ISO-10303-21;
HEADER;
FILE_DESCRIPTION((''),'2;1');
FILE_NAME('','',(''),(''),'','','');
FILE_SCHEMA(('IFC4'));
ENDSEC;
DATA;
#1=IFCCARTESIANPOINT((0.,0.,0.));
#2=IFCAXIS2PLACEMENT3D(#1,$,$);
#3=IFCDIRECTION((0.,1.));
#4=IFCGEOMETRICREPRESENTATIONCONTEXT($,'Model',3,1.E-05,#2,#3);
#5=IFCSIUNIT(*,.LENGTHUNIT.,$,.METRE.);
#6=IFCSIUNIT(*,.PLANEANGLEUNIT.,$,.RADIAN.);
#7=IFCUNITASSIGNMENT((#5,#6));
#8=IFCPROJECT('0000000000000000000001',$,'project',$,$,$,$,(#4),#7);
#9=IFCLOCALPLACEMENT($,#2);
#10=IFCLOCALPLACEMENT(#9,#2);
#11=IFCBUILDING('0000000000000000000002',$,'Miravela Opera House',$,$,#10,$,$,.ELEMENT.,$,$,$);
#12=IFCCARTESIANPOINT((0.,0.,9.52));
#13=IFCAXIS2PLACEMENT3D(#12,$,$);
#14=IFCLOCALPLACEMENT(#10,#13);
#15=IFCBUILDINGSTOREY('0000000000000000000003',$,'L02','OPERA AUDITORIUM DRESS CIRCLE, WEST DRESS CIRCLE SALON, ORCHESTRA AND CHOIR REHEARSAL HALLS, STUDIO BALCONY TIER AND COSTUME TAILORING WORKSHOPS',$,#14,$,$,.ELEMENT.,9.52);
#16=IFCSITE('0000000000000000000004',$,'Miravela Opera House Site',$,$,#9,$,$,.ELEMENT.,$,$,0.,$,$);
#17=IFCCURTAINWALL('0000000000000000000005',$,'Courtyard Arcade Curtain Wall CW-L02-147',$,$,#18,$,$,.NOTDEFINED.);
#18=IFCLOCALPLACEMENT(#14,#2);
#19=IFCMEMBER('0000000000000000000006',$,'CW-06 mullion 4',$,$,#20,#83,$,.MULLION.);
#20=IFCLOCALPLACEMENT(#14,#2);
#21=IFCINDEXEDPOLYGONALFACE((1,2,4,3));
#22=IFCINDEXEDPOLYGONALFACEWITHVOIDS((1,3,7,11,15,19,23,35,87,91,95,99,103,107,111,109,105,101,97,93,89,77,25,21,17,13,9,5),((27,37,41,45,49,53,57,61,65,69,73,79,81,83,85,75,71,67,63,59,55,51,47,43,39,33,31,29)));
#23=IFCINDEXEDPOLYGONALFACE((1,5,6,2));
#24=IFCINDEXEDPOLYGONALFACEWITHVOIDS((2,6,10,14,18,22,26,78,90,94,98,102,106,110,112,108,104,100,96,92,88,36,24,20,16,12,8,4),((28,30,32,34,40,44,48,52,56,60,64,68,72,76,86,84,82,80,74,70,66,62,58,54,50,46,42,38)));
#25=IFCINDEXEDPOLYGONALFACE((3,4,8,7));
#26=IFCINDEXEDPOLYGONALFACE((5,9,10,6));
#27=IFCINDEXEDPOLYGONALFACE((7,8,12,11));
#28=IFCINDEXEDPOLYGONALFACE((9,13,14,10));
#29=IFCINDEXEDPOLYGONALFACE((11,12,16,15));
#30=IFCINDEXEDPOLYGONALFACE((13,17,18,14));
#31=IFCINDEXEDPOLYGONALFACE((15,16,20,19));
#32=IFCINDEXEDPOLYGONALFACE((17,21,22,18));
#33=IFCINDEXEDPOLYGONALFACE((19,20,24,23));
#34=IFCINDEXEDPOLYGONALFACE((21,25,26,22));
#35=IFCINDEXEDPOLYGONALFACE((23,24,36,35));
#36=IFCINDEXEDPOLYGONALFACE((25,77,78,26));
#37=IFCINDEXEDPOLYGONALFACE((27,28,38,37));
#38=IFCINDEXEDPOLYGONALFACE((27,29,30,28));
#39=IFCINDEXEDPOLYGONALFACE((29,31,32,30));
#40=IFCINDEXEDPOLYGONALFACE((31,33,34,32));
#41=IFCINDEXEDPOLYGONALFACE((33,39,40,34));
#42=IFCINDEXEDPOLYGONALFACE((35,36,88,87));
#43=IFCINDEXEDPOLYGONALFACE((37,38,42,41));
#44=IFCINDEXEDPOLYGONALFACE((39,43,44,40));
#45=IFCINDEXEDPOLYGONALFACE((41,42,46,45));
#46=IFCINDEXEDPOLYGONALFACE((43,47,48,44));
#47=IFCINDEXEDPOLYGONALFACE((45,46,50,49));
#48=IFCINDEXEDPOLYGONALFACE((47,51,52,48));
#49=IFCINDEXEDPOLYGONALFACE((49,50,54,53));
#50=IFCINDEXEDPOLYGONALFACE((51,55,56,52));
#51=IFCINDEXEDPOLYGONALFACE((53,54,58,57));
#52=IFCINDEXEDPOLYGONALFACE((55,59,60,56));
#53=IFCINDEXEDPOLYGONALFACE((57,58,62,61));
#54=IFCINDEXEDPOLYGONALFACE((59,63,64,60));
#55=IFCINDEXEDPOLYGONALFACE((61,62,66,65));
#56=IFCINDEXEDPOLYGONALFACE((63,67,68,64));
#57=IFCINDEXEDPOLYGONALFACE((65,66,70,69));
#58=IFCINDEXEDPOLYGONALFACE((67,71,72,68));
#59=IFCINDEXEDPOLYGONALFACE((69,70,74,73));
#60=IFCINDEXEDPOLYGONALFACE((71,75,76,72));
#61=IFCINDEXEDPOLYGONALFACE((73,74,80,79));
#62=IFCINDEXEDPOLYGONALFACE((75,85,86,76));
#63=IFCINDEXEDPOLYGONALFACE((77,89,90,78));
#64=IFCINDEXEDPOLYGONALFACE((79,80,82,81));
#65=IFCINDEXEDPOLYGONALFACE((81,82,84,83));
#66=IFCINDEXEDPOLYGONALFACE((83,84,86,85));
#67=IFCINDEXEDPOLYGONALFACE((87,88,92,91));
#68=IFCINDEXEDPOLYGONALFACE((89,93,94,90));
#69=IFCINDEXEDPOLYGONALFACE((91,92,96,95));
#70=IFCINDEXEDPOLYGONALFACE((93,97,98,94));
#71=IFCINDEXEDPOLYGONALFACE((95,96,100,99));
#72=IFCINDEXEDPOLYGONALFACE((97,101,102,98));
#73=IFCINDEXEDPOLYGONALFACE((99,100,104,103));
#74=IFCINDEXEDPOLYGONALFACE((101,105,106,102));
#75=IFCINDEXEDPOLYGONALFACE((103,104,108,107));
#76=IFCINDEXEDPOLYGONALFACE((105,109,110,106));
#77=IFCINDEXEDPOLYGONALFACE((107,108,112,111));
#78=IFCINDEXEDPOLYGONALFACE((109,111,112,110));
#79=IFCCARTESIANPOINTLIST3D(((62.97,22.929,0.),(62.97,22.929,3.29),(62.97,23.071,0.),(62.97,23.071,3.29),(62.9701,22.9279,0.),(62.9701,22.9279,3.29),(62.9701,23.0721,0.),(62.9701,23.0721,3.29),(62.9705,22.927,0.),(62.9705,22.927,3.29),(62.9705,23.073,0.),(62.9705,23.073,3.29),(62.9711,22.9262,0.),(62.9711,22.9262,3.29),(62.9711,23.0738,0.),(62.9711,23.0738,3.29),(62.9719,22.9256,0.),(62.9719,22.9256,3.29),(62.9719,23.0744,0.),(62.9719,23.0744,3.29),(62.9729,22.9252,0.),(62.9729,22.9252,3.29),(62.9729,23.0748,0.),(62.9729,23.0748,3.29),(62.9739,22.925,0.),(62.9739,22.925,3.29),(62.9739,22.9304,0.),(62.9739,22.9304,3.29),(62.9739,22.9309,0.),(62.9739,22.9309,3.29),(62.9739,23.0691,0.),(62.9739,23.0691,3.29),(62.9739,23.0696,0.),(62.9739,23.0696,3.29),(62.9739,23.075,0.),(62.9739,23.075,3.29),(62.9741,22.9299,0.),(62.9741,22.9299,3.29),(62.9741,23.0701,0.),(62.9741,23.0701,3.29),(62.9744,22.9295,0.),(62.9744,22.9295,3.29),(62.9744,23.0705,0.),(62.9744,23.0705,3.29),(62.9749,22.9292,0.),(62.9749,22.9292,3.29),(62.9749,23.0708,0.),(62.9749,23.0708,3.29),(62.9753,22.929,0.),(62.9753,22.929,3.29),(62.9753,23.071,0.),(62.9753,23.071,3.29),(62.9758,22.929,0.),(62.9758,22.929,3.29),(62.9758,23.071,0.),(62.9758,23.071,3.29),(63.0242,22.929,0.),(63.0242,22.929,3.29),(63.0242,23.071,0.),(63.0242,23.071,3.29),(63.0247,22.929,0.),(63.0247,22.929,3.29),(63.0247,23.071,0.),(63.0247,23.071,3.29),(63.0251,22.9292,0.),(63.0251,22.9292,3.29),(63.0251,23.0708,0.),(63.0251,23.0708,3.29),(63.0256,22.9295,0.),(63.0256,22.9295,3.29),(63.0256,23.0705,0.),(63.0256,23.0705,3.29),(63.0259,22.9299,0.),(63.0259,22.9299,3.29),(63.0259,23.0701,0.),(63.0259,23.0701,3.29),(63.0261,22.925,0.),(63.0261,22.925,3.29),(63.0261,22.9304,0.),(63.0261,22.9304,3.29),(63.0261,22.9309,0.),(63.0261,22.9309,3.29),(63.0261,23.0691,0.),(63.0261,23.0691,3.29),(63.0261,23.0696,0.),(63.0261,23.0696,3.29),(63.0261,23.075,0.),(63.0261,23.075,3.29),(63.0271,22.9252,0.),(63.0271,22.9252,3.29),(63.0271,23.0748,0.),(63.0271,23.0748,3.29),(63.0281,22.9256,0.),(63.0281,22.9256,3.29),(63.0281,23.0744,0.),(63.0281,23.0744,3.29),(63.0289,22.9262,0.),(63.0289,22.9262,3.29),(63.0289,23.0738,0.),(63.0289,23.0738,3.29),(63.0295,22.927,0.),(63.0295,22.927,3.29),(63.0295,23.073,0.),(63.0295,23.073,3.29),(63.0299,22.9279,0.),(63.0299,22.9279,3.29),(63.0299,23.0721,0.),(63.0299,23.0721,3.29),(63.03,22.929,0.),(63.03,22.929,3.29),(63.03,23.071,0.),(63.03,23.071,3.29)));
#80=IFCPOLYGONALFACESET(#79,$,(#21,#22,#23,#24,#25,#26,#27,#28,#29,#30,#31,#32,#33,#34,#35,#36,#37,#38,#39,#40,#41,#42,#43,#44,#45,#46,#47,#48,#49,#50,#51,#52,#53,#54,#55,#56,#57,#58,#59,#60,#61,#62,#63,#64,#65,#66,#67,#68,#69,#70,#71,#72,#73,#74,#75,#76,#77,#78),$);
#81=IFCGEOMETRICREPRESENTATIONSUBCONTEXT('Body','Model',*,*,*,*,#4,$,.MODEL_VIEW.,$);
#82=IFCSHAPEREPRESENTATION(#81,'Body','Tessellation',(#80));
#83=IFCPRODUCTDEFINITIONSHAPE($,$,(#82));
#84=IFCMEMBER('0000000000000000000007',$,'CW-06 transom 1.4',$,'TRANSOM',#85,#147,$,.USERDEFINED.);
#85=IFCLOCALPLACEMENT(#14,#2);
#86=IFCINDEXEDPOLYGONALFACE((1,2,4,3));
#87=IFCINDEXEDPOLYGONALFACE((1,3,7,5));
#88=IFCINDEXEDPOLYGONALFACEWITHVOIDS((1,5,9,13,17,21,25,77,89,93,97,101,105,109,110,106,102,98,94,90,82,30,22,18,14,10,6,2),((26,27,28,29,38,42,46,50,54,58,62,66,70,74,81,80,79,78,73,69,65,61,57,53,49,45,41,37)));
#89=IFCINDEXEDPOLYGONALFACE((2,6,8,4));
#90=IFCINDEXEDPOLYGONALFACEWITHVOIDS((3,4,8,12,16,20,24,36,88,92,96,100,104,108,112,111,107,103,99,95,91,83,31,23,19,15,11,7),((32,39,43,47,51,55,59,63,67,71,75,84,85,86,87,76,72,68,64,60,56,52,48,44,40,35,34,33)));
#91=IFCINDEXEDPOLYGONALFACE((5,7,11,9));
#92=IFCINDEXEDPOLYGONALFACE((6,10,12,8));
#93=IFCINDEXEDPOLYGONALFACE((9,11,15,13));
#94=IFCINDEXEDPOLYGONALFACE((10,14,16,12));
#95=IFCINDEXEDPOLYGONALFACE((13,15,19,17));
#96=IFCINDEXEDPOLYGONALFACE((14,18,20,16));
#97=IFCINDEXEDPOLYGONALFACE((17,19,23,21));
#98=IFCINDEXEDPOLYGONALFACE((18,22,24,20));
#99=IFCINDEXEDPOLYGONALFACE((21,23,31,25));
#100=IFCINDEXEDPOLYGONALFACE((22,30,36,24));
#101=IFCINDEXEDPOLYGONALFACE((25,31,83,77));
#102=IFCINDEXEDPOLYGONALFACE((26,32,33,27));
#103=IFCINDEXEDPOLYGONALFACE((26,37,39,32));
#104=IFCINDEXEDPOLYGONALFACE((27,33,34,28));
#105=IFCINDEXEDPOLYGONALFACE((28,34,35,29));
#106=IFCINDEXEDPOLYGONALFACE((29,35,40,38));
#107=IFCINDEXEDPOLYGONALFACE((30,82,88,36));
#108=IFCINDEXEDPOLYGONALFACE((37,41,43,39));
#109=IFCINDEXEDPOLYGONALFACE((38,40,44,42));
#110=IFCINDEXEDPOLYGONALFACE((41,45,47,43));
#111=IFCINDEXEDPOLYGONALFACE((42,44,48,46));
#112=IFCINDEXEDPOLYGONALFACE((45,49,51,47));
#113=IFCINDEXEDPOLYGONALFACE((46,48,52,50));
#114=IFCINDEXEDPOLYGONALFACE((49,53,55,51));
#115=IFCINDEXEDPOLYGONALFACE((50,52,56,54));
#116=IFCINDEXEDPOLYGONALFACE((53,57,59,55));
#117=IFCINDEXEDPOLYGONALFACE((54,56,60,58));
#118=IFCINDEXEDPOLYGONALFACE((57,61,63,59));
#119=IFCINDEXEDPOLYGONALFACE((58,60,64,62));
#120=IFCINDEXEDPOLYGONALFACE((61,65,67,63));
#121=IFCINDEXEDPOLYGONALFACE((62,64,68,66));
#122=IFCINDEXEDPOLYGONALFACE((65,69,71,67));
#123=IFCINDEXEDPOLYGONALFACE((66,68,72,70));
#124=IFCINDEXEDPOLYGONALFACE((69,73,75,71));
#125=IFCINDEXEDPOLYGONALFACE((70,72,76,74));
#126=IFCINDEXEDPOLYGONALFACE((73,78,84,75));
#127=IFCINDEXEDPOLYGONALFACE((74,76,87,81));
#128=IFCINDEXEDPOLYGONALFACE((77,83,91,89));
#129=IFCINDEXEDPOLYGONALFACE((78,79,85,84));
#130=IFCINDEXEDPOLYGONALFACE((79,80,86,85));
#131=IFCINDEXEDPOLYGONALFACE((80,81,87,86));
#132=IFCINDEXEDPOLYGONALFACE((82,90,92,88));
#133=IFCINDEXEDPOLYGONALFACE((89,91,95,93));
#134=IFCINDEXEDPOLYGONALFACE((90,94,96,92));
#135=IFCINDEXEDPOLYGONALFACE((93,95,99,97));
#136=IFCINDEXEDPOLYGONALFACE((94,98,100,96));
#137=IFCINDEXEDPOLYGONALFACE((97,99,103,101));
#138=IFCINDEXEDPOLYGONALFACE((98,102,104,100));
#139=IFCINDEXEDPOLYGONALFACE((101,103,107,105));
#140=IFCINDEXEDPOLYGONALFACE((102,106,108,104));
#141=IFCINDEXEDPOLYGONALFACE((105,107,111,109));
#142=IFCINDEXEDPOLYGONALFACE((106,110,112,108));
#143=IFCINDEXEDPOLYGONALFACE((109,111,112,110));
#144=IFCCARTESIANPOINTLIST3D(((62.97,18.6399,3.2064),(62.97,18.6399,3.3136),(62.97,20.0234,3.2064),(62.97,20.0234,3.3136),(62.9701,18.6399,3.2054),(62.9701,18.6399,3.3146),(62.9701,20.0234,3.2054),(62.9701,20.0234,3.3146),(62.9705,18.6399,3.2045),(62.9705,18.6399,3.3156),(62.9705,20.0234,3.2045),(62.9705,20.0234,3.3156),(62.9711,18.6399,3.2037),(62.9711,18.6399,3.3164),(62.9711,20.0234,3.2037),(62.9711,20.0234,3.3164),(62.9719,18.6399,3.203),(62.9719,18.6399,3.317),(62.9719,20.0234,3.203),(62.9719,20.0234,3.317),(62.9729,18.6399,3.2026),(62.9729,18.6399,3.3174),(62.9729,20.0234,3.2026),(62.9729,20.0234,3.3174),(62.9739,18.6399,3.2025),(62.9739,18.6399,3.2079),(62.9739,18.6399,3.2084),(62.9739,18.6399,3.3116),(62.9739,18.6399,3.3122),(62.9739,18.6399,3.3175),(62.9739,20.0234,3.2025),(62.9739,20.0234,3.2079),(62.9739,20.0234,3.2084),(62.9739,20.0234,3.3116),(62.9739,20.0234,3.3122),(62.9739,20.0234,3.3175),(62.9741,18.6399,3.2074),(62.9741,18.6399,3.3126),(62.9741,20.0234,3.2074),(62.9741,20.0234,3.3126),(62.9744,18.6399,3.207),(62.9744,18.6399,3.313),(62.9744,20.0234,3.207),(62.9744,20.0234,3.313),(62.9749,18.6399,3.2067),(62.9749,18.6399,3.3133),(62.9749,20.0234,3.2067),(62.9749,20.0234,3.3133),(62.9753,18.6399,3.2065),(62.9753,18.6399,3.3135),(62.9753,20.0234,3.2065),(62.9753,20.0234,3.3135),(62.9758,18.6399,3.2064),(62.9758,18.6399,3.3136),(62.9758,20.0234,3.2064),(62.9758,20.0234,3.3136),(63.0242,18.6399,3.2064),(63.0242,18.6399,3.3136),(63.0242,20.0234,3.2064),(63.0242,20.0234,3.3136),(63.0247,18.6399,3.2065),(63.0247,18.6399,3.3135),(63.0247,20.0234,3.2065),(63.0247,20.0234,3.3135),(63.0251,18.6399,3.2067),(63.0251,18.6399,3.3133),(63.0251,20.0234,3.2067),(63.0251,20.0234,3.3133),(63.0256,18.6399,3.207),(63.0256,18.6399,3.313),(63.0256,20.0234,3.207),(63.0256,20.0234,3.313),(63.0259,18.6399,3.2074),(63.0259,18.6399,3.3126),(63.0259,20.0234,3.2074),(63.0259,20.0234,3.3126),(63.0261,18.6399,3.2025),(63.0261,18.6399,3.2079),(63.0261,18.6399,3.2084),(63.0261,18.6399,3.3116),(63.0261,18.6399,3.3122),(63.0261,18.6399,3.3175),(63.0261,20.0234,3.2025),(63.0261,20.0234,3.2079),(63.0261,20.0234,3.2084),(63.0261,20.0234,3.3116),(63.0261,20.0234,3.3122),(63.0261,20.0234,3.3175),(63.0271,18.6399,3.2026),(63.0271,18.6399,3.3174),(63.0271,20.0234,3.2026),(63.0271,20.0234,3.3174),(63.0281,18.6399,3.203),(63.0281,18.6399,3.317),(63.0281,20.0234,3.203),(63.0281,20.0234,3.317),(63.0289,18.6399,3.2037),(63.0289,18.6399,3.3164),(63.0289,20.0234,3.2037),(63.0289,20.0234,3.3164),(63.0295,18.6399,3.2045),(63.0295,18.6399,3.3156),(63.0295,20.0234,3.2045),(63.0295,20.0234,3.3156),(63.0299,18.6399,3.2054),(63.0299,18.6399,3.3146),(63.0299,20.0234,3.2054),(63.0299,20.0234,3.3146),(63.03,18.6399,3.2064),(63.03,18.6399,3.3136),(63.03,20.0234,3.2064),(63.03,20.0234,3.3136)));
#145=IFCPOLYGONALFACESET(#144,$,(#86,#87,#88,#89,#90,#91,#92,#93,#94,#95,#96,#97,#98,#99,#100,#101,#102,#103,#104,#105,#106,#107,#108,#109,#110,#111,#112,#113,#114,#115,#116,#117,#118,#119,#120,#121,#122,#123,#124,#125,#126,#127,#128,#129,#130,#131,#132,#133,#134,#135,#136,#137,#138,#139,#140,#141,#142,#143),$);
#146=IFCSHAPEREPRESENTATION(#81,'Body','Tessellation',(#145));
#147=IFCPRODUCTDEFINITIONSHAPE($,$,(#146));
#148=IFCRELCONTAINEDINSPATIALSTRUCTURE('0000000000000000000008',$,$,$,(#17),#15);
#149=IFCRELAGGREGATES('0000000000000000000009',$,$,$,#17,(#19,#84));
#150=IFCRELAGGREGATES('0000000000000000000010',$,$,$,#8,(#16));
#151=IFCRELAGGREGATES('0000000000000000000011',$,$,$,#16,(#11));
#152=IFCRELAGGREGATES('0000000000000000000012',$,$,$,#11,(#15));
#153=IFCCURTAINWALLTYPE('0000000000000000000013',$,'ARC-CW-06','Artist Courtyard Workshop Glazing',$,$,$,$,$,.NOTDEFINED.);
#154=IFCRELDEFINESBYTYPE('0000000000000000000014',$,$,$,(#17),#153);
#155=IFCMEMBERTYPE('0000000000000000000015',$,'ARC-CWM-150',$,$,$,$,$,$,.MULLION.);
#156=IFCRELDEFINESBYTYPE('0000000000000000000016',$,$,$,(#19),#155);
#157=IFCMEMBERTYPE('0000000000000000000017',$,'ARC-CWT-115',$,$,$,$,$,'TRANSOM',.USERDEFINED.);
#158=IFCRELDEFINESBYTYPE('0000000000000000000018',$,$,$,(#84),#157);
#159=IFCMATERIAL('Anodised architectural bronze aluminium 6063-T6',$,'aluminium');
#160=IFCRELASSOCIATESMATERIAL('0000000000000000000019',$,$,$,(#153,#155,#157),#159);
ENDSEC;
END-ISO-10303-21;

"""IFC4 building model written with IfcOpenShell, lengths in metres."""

from ifc_helpers import new_model, si_unit, direction, frame, origin, origin_2d, place, context, subcontext, project, spatial, hollow_rectangle, extrude, material, material_profile, profile_set, type_object, element, aggregate, save


model = new_model("IFC4")

# Units and contexts
model_context = context("Model", 3, precision=1e-05, world=origin(), true_north=direction((0.0, 1.0)))
body_context = subcontext(model_context, "Body", "Model", "MODEL_VIEW")
ifc_project = project(units=[si_unit("LENGTHUNIT", "METRE"), si_unit("PLANEANGLEUNIT", "RADIAN")], contexts=[model_context])

# Site, building, storey
site_placement = place(None, origin())
site = spatial("IfcSite", under=ifc_project, at=site_placement, Name="Miravela Opera House Site", CompositionType="ELEMENT", RefElevation=0.0)
building_placement = place(site_placement, origin())
building = spatial("IfcBuilding", under=site, at=building_placement, Name="Miravela Opera House", CompositionType="ELEMENT")
storey_placement = place(building_placement, frame((0.0, 0.0, 9.52)))
storey = spatial("IfcBuildingStorey", under=building, at=storey_placement, Name="L02", Description="OPERA AUDITORIUM DRESS CIRCLE, WEST DRESS CIRCLE SALON, ORCHESTRA AND CHOIR REHEARSAL HALLS, STUDIO BALCONY TIER AND COSTUME TAILORING WORKSHOPS", CompositionType="ELEMENT", Elevation=9.52)

# Curtain wall, members
ifc_material_1 = material(Name="Anodised architectural bronze aluminium 6063-T6", Category="aluminium")
curtain_wall_type = type_object("IfcCurtainWallType", Name="ARC-CW-06", Description="Artist Courtyard Workshop Glazing", PredefinedType="NOTDEFINED", material=ifc_material_1)
curtain_wall_placement = place(storey_placement, origin())
curtain_wall = element("IfcCurtainWall", 1, at=curtain_wall_placement, inside=storey, type_object=curtain_wall_type, Name="Courtyard Arcade Curtain Wall CW-L02-147", PredefinedType="NOTDEFINED")
ifc_material_profile_1 = material_profile(ifc_material_1, hollow_rectangle(XDim=0.0601, YDim=0.1499, WallThickness=0.0039, InnerFilletRadius=0.002, OuterFilletRadius=0.0039, at=origin_2d()), Name="CWM-60X150")
ifc_profile_set_1 = profile_set([ifc_material_profile_1])
member_type_1 = type_object("IfcMemberType", Name="ARC-CWM-150", PredefinedType="MULLION", material=ifc_profile_set_1)
member_1_placement = place(storey_placement, frame((63.0, 23.0, 0.0), z_axis=(0.0, 0.0, 1.0), x_axis=(-1.0, 0.0, 0.0)))
member_1 = element("IfcMember", 2, at=member_1_placement, type_object=member_type_1, Name="CW-06 mullion 4", PredefinedType="MULLION", context=body_context, shape_type="SweptSolid", body=[
    extrude(hollow_rectangle(XDim=0.0601, YDim=0.1499, WallThickness=0.0039, InnerFilletRadius=0.002, OuterFilletRadius=0.0039, at=origin_2d()), origin(), (0.0, 0.0, 1.0), 3.29),
])
ifc_material_profile_2 = material_profile(ifc_material_1, hollow_rectangle(XDim=0.0601, YDim=0.115, WallThickness=0.0039, InnerFilletRadius=0.002, OuterFilletRadius=0.0039, at=origin_2d()), Name="CWT-60X115")
ifc_profile_set_2 = profile_set([ifc_material_profile_2])
member_type_2 = type_object("IfcMemberType", Name="ARC-CWT-115", ElementType="TRANSOM", PredefinedType="USERDEFINED", material=ifc_profile_set_2)
member_2_placement = place(storey_placement, frame((63.0, 18.6399, 3.26), z_axis=(0.0, 1.0, 0.0), x_axis=(-1.0, 0.0, 0.0)))
member_2 = element("IfcMember", 3, at=member_2_placement, type_object=member_type_2, Name="CW-06 transom 1.4", ObjectType="TRANSOM", PredefinedType="USERDEFINED", context=body_context, shape_type="SweptSolid", body=[
    extrude(hollow_rectangle(XDim=0.0601, YDim=0.115, WallThickness=0.0039, InnerFilletRadius=0.002, OuterFilletRadius=0.0039, at=origin_2d()), origin(), (0.0, 0.0, 1.0), 1.3835),
])

aggregate(curtain_wall, [member_1, member_2])

save(model, "model.ifc")
